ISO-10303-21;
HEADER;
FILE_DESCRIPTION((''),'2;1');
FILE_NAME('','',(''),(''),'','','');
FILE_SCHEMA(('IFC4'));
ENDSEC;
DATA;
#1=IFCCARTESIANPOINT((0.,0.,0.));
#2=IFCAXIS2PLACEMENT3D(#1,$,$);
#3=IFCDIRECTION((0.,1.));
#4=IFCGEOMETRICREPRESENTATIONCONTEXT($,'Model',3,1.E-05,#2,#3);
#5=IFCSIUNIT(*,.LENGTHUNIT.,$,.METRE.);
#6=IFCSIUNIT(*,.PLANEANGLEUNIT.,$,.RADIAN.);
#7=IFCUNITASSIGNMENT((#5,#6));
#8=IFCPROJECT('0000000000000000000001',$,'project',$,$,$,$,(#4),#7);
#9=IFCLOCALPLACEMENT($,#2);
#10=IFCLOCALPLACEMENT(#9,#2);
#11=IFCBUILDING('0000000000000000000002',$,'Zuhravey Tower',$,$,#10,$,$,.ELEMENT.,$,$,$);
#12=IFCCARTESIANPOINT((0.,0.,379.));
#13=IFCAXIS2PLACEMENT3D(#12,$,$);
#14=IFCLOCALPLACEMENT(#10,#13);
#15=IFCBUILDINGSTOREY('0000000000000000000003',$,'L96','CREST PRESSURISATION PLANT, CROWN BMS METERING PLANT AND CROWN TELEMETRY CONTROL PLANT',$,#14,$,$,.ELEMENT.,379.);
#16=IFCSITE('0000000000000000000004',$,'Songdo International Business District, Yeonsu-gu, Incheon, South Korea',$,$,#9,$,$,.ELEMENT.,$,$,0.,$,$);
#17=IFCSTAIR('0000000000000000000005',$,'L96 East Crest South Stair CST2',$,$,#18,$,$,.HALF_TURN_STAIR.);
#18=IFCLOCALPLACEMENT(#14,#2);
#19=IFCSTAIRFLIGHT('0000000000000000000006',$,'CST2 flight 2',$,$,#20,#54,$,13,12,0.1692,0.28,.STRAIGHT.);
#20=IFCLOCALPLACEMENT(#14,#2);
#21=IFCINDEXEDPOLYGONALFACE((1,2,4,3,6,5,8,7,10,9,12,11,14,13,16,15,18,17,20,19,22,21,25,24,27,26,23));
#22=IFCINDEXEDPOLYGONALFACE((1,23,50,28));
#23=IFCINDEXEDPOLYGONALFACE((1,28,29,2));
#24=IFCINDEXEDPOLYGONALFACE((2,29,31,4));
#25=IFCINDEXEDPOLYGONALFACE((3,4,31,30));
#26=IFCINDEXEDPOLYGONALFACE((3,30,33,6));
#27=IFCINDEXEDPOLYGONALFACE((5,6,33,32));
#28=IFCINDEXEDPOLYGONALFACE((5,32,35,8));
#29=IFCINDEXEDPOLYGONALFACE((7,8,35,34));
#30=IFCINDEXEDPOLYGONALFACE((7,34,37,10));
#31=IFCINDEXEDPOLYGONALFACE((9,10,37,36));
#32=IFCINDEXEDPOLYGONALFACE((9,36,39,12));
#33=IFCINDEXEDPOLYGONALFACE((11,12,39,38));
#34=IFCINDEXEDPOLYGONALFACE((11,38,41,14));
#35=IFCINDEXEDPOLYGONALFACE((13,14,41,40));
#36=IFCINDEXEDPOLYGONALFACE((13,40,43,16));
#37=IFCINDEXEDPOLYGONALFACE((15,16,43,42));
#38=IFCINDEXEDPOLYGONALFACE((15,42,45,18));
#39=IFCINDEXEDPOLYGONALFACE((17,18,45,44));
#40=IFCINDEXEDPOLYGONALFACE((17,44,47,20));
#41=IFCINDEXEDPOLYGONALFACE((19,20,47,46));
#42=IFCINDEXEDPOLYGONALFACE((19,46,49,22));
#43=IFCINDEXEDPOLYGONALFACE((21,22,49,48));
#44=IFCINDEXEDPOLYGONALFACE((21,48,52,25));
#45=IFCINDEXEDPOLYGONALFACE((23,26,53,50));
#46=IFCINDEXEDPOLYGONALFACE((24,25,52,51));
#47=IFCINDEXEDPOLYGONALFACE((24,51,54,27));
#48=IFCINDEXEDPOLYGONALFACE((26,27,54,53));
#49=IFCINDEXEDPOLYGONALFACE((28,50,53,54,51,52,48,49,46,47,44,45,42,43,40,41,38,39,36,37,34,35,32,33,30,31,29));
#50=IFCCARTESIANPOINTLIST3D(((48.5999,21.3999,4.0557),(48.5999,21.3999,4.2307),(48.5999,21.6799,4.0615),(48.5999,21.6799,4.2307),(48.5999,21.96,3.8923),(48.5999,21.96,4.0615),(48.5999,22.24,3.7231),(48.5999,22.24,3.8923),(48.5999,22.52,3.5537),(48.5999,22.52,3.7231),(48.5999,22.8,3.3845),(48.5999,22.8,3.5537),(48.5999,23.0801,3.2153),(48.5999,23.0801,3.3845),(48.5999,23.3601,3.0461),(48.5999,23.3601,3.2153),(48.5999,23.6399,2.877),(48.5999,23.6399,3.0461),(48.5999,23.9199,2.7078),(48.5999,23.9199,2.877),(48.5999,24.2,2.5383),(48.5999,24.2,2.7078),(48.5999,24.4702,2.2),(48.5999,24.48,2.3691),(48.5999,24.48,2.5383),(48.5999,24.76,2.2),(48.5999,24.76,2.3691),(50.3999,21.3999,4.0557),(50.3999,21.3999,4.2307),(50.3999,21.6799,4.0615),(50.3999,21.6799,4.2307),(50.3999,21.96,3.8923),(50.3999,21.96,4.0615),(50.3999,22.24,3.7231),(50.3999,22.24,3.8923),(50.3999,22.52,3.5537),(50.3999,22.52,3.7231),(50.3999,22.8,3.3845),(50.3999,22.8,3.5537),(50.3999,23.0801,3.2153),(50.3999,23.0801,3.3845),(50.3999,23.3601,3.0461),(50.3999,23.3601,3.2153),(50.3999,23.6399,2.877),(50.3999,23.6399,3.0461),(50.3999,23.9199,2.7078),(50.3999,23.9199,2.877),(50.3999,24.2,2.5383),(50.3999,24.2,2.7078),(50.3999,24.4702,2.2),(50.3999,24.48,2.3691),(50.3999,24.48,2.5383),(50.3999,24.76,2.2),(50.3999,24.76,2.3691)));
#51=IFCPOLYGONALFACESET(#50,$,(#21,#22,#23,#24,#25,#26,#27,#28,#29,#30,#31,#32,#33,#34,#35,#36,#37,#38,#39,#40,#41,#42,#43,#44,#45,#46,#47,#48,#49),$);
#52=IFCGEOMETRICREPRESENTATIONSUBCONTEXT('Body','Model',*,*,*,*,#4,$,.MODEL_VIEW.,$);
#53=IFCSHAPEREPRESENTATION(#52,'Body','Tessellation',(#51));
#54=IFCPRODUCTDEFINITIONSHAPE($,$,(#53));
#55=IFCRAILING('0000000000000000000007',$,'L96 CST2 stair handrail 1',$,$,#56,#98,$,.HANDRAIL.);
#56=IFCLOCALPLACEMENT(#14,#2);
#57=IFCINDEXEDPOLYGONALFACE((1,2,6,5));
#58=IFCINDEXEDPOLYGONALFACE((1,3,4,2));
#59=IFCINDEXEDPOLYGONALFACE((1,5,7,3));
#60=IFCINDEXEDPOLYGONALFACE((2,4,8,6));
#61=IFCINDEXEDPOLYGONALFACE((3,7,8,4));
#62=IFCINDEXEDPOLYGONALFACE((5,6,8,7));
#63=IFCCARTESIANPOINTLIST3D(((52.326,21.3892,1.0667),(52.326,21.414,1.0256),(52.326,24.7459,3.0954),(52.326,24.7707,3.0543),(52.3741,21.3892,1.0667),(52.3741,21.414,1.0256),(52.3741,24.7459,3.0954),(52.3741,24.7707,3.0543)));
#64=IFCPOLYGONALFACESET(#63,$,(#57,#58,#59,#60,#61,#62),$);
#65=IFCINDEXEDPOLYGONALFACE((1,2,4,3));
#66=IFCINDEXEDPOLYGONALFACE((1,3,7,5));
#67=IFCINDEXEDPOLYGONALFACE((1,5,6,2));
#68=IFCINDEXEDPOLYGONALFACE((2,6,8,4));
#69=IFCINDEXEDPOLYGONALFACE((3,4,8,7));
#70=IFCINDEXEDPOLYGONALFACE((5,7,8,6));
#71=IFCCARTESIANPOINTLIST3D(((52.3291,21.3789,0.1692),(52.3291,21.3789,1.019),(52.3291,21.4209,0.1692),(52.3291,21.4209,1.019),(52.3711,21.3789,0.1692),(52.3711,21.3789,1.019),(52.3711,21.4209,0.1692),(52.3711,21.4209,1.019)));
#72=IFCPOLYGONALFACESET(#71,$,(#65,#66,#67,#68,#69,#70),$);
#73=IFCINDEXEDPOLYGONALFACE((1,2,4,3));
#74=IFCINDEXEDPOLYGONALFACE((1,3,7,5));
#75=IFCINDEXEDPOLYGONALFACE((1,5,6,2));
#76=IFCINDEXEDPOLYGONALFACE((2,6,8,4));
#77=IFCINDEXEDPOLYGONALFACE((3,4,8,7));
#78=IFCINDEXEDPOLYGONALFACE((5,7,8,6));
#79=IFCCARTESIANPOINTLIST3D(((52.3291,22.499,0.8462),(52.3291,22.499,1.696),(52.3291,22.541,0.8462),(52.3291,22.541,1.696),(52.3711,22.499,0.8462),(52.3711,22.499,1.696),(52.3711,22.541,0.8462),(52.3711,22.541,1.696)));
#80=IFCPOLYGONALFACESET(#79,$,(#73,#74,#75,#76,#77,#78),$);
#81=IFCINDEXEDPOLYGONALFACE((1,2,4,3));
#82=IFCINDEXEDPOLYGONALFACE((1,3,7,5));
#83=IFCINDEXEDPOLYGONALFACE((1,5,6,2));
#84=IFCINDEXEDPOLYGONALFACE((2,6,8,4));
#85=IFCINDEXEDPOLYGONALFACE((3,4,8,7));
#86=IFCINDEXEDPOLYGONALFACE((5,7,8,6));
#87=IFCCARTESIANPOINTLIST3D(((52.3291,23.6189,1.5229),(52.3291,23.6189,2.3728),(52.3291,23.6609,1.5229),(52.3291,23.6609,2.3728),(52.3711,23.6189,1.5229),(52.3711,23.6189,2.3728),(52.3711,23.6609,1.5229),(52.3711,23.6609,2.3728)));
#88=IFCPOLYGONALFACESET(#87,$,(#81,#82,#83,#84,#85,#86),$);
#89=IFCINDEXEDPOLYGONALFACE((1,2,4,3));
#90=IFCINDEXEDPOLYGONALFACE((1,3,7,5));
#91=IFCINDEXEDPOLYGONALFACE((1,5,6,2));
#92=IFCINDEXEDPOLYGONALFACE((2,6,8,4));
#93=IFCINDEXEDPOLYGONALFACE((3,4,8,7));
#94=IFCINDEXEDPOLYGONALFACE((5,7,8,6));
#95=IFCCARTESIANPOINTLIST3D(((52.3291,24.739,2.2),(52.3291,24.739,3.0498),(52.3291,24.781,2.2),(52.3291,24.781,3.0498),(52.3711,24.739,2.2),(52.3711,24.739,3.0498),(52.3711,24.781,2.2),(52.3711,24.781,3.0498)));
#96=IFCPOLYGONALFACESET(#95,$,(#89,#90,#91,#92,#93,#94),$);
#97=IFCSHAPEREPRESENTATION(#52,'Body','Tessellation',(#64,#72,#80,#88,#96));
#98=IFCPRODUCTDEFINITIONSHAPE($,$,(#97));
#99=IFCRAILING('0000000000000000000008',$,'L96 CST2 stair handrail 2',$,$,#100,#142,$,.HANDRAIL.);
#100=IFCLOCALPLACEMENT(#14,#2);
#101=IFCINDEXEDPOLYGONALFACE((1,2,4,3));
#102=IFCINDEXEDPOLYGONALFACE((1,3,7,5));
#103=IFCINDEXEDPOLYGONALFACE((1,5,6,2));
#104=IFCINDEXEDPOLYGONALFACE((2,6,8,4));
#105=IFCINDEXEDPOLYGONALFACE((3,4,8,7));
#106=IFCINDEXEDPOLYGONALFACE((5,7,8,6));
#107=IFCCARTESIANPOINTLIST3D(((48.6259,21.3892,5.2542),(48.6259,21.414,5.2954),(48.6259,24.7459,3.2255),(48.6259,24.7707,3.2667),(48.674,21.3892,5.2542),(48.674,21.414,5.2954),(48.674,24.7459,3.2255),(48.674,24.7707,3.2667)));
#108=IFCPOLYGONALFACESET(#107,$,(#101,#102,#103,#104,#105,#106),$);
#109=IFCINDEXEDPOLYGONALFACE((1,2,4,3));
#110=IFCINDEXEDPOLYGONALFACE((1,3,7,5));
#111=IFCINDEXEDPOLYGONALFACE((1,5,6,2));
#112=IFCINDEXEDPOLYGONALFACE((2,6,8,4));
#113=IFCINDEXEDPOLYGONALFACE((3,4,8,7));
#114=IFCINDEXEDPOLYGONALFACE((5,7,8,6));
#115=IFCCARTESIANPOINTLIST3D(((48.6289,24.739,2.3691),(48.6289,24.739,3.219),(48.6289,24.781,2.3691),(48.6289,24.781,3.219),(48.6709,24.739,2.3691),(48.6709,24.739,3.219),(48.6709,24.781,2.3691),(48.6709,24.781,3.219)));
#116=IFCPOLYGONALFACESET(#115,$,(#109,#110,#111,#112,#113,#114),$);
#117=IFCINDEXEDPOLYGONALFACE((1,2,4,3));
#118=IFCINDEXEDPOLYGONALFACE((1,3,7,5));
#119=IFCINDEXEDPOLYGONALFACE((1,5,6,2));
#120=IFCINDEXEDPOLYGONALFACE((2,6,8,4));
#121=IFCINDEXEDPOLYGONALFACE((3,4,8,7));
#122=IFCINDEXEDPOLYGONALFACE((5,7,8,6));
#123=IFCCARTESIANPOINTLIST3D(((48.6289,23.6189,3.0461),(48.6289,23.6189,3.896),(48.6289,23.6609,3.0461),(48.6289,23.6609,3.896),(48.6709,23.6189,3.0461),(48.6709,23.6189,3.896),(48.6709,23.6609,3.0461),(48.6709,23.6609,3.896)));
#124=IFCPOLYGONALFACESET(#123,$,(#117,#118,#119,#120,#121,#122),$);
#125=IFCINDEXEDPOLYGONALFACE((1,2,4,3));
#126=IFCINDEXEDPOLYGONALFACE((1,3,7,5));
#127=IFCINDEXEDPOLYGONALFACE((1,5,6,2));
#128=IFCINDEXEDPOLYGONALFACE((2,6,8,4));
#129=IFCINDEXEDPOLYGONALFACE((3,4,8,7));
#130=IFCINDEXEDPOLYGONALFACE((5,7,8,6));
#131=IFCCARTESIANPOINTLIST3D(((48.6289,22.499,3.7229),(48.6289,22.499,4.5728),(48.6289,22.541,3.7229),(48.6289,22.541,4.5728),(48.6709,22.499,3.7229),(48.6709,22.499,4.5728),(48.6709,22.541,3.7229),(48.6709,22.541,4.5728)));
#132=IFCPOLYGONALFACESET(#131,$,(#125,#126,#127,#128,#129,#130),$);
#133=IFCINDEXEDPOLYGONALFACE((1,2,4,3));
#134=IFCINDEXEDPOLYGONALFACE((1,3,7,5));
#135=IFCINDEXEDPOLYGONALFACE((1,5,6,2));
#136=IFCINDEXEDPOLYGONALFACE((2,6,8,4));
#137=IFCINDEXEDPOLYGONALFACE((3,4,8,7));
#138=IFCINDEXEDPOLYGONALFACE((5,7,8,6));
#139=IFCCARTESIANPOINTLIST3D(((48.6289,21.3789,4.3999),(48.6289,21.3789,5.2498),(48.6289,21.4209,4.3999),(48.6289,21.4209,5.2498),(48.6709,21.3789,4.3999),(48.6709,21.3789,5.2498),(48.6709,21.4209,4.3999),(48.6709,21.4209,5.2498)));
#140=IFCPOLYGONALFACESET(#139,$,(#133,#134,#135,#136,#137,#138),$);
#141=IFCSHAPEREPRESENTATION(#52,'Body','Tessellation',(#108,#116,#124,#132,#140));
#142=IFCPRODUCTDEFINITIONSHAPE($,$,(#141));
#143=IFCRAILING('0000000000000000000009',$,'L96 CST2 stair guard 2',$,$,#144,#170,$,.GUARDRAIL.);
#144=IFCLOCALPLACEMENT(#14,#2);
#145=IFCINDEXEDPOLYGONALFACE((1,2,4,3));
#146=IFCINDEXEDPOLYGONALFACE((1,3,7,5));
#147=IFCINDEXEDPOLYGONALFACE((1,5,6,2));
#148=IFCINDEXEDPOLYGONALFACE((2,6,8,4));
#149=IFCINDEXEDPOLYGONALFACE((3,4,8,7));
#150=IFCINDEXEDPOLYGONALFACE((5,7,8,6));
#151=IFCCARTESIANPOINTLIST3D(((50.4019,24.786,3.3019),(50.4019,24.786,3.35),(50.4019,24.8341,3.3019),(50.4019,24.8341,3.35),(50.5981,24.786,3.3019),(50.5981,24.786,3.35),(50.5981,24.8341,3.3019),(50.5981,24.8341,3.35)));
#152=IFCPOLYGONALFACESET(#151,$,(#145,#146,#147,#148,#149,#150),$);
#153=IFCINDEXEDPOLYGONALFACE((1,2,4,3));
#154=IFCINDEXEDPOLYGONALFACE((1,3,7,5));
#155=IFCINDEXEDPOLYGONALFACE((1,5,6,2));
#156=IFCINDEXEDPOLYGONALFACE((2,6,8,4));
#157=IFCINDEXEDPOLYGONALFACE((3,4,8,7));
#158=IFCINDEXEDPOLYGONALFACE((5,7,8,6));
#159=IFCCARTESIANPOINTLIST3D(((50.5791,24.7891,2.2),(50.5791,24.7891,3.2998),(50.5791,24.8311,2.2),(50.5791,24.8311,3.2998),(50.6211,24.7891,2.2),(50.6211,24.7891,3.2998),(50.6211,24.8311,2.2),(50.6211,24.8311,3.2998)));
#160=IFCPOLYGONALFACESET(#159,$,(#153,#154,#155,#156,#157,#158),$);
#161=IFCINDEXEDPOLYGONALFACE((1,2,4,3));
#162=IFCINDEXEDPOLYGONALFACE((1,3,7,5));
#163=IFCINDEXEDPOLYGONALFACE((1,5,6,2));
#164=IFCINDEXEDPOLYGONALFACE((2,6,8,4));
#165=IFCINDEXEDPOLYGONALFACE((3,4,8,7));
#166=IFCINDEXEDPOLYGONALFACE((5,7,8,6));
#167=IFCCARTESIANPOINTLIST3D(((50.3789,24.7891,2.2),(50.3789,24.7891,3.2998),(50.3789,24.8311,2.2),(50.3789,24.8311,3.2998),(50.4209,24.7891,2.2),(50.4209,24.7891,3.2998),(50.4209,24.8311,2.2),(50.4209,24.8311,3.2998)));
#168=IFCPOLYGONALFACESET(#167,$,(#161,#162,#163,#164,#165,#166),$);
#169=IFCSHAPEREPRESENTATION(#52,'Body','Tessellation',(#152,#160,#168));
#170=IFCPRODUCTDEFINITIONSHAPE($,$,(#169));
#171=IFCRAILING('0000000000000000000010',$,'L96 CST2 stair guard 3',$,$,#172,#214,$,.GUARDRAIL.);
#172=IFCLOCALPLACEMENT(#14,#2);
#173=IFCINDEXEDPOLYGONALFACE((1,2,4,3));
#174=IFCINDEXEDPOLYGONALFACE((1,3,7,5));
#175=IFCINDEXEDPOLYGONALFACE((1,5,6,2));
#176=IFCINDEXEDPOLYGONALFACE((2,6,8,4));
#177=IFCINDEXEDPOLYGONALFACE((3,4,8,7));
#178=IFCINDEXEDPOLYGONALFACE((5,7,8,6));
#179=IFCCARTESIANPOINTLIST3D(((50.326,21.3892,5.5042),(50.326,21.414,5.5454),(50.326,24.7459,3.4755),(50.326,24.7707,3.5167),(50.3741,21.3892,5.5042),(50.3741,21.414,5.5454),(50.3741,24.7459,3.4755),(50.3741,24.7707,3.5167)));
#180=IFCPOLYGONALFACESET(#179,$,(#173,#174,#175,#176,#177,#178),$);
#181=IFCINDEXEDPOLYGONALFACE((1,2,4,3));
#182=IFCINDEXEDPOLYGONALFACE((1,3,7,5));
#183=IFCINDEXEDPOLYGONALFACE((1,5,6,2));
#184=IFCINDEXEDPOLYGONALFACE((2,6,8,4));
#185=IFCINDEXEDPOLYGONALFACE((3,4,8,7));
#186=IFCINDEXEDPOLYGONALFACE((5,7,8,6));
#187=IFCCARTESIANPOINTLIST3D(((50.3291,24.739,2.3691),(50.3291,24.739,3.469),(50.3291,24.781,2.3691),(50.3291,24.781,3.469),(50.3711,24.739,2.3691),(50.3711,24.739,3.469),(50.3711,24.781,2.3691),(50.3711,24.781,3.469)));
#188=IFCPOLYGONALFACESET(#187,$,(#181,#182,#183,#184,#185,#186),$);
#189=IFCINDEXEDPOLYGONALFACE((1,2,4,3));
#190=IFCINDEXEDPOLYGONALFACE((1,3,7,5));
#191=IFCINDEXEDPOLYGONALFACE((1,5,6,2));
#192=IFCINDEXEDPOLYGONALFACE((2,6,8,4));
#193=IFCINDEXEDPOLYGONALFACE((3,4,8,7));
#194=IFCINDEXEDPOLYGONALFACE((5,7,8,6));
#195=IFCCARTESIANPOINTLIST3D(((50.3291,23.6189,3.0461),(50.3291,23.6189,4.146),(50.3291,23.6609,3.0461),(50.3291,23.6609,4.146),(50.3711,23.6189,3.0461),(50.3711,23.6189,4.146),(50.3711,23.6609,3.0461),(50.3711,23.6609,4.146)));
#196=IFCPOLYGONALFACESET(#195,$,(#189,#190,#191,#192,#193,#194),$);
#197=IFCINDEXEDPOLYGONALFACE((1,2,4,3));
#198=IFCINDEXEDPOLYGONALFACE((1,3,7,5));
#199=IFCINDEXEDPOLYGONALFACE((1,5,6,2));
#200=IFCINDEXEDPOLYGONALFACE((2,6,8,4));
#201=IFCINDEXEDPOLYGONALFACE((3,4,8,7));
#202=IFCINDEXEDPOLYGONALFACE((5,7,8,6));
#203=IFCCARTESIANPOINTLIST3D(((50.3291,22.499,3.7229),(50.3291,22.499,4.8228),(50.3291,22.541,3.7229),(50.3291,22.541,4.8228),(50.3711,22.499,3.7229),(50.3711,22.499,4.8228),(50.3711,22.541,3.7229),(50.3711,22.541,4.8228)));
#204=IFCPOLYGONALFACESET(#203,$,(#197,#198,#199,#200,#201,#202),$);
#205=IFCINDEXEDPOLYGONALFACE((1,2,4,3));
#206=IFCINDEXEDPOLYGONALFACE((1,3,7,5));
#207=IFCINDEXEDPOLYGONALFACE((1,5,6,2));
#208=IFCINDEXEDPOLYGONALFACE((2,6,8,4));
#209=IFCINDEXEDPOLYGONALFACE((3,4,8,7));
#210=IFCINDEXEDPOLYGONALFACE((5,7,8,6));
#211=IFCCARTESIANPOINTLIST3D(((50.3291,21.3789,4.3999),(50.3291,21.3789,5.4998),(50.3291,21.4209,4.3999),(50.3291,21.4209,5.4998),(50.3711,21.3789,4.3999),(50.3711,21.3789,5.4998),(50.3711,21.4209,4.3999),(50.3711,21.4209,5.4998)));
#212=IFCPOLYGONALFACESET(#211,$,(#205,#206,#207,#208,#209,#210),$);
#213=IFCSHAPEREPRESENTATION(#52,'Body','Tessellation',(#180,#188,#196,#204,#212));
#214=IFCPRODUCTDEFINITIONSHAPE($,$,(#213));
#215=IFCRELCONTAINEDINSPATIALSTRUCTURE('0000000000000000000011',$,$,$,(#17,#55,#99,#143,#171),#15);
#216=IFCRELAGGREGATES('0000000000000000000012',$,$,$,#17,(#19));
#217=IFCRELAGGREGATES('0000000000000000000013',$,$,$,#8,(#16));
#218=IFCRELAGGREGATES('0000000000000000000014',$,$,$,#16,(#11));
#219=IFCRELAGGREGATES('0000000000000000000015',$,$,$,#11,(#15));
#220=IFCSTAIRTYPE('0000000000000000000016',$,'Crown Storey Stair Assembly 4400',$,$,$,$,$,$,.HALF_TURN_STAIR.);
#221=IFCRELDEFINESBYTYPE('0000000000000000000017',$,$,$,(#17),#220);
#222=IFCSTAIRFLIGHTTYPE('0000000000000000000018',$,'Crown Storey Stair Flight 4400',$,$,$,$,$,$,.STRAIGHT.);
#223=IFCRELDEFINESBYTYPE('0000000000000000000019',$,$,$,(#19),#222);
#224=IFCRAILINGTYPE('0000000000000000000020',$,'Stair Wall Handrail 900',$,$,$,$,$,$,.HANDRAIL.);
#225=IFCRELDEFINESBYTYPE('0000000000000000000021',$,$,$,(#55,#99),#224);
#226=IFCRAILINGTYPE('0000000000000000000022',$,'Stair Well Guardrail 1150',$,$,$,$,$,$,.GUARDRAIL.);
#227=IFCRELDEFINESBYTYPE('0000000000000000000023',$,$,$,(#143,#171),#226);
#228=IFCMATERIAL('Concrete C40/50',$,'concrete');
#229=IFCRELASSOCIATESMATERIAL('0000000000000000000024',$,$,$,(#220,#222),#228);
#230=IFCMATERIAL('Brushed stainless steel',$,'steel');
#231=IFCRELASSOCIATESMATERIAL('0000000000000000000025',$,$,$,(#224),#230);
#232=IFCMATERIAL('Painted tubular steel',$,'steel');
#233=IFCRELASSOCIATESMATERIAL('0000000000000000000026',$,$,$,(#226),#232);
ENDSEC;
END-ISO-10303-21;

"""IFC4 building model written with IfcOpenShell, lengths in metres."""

from ifc_helpers import new_model, si_unit, direction, frame, origin, origin_2d, place, context, subcontext, project, spatial, polyline, rectangle, outline, extrude, material, type_object, element, aggregate, save


model = new_model("IFC4")

# Units and contexts
model_context = context("Model", 3, precision=1e-05, world=origin(), true_north=direction((0.0, 1.0)))
body_context = subcontext(model_context, "Body", "Model", "MODEL_VIEW")
ifc_project = project(units=[si_unit("LENGTHUNIT", "METRE"), si_unit("PLANEANGLEUNIT", "RADIAN")], contexts=[model_context])

# Site, building, storey
site_placement = place(None, origin())
site = spatial("IfcSite", under=ifc_project, at=site_placement, Name="Songdo International Business District, Yeonsu-gu, Incheon, South Korea", CompositionType="ELEMENT", RefElevation=0.0)
building_placement = place(site_placement, origin())
building = spatial("IfcBuilding", under=site, at=building_placement, Name="Zuhravey Tower", CompositionType="ELEMENT")
storey_placement = place(building_placement, frame((0.0, 0.0, 379.0)))
storey = spatial("IfcBuildingStorey", under=building, at=storey_placement, Name="L96", Description="CREST PRESSURISATION PLANT, CROWN BMS METERING PLANT AND CROWN TELEMETRY CONTROL PLANT", CompositionType="ELEMENT", Elevation=379.0)

# Shared definitions
ifc_material_1 = material(Name="Brushed stainless steel", Category="steel")

# Stair, stair flight
ifc_material_2 = material(Name="Concrete C40/50", Category="concrete")
stair_type = type_object("IfcStairType", Name="Crown Storey Stair Assembly 4400", PredefinedType="HALF_TURN_STAIR", material=ifc_material_2)
stair_placement = place(storey_placement, origin())
stair = element("IfcStair", 1, at=stair_placement, inside=storey, type_object=stair_type, Name="L96 East Crest South Stair CST2", PredefinedType="HALF_TURN_STAIR")
stair_flight_type = type_object("IfcStairFlightType", Name="Crown Storey Stair Flight 4400", PredefinedType="STRAIGHT", material=ifc_material_2)
stair_flight_placement = place(storey_placement, frame((49.5, 24.76, 2.2), z_axis=(0.0, 0.0, 1.0), x_axis=(0.0, -1.0, 0.0)))
stair_flight = element("IfcStairFlight", 2, at=stair_flight_placement, type_object=stair_flight_type, Name="CST2 flight 2", NumberOfRisers=13, NumberOfTreads=12, PredefinedType="STRAIGHT", RiserHeight=0.1692, TreadLength=0.28, context=body_context, shape_type="SweptSolid", body=[
    extrude(outline(polyline([(0.0, 0.0), (0.0, 0.1692), (0.28, 0.1692), (0.28, 0.3384), (0.5601, 0.3384), (0.5601, 0.5078), (0.8401, 0.5078), (0.8401, 0.677), (1.1201, 0.677), (1.1201, 0.8462), (1.3999, 0.8462), (1.3999, 1.0154), (1.6799, 1.0154), (1.6799, 1.1846), (1.96, 1.1846), (1.96, 1.3538), (2.24, 1.3538), (2.24, 1.5232), (2.52, 1.5232), (2.52, 1.6924), (2.8, 1.6924), (2.8, 1.8616), (3.0801, 1.8616), (3.0801, 2.0308), (3.3601, 2.0308), (3.3601, 2.2), (3.3601, 1.8557), (0.2898, 0.0), (0.0, 0.0)])), frame((0.0, 0.8999, 0.0), z_axis=(0.0, -1.0, 0.0), x_axis=(1.0, 0.0, 0.0)), (0.0, 0.0, 1.0), 1.8),
])
aggregate(stair, [stair_flight])

# Railings
railing_type_1 = type_object("IfcRailingType", Name="Stair Wall Handrail 900", PredefinedType="HANDRAIL", material=ifc_material_1)
railing_1_placement = place(storey_placement, frame((52.3501, 21.3999, 0.1692)))
element("IfcRailing", 3, at=railing_1_placement, inside=storey, type_object=railing_type_1, Name="L96 CST2 stair handrail 1", PredefinedType="HANDRAIL", context=body_context, shape_type="SweptSolid", body=[
    extrude(rectangle(XDim=0.0481, YDim=0.0481, at=origin_2d()), frame((0.0, 0.0017, 0.877), z_axis=(0.0, 0.855837, 0.517246), x_axis=(-1.0, 0.0, 0.0)), (0.0, 0.0, 1.0), 3.9221),
    extrude(rectangle(XDim=0.042, YDim=0.042, at=origin_2d()), origin(), (0.0, 0.0, 1.0), 0.8499),
    extrude(rectangle(XDim=0.042, YDim=0.042, at=origin_2d()), frame((0.0, 1.1201, 0.677)), (0.0, 0.0, 1.0), 0.8499),
    extrude(rectangle(XDim=0.042, YDim=0.042, at=origin_2d()), frame((0.0, 2.24, 1.3538)), (0.0, 0.0, 1.0), 0.8499),
    extrude(rectangle(XDim=0.042, YDim=0.042, at=origin_2d()), frame((0.0, 3.3601, 2.0308)), (0.0, 0.0, 1.0), 0.8499),
])
railing_2_placement = place(storey_placement, frame((48.6499, 24.76, 2.3691)))
element("IfcRailing", 4, at=railing_2_placement, inside=storey, type_object=railing_type_1, Name="L96 CST2 stair handrail 2", PredefinedType="HANDRAIL", context=body_context, shape_type="SweptSolid", body=[
    extrude(rectangle(XDim=0.0481, YDim=0.0481, at=origin_2d()), frame((0.0, -0.0017, 0.877), z_axis=(0.0, -0.855837, 0.517246), x_axis=(1.0, 0.0, 0.0)), (0.0, 0.0, 1.0), 3.9221),
    extrude(rectangle(XDim=0.042, YDim=0.042, at=origin_2d()), origin(), (0.0, 0.0, 1.0), 0.8499),
    extrude(rectangle(XDim=0.042, YDim=0.042, at=origin_2d()), frame((0.0, -1.1201, 0.677)), (0.0, 0.0, 1.0), 0.8499),
    extrude(rectangle(XDim=0.042, YDim=0.042, at=origin_2d()), frame((0.0, -2.24, 1.3538)), (0.0, 0.0, 1.0), 0.8499),
    extrude(rectangle(XDim=0.042, YDim=0.042, at=origin_2d()), frame((0.0, -3.3601, 2.0308)), (0.0, 0.0, 1.0), 0.8499),
])
ifc_material_3 = material(Name="Painted tubular steel", Category="steel")
railing_type_2 = type_object("IfcRailingType", Name="Stair Well Guardrail 1150", PredefinedType="GUARDRAIL", material=ifc_material_3)
railing_3_placement = place(storey_placement, frame((50.6001, 24.8101, 2.2)))
element("IfcRailing", 5, at=railing_3_placement, inside=storey, type_object=railing_type_2, Name="L96 CST2 stair guard 2", PredefinedType="GUARDRAIL", context=body_context, shape_type="SweptSolid", body=[
    extrude(rectangle(XDim=0.0481, YDim=0.0481, at=origin_2d()), frame((-0.002, 0.0, 1.126), z_axis=(-1.0, 0.0, 0.0), x_axis=(0.0, -1.0, 0.0)), (0.0, 0.0, 1.0), 0.1963),
    extrude(rectangle(XDim=0.042, YDim=0.042, at=origin_2d()), origin(), (0.0, 0.0, 1.0), 1.0999),
    extrude(rectangle(XDim=0.042, YDim=0.042, at=origin_2d()), frame((-0.2002, 0.0, 0.0)), (0.0, 0.0, 1.0), 1.0999),
])
railing_4_placement = place(storey_placement, frame((50.3501, 24.76, 2.3691)))
element("IfcRailing", 6, at=railing_4_placement, inside=storey, type_object=railing_type_2, Name="L96 CST2 stair guard 3", PredefinedType="GUARDRAIL", context=body_context, shape_type="SweptSolid", body=[
    extrude(rectangle(XDim=0.0481, YDim=0.0481, at=origin_2d()), frame((0.0, -0.0017, 1.127), z_axis=(0.0, -0.855837, 0.517246), x_axis=(1.0, 0.0, 0.0)), (0.0, 0.0, 1.0), 3.9221),
    extrude(rectangle(XDim=0.042, YDim=0.042, at=origin_2d()), origin(), (0.0, 0.0, 1.0), 1.0999),
    extrude(rectangle(XDim=0.042, YDim=0.042, at=origin_2d()), frame((0.0, -1.1201, 0.677)), (0.0, 0.0, 1.0), 1.0999),
    extrude(rectangle(XDim=0.042, YDim=0.042, at=origin_2d()), frame((0.0, -2.24, 1.3538)), (0.0, 0.0, 1.0), 1.0999),
    extrude(rectangle(XDim=0.042, YDim=0.042, at=origin_2d()), frame((0.0, -3.3601, 2.0308)), (0.0, 0.0, 1.0), 1.0999),
])

save(model, "model.ifc")
